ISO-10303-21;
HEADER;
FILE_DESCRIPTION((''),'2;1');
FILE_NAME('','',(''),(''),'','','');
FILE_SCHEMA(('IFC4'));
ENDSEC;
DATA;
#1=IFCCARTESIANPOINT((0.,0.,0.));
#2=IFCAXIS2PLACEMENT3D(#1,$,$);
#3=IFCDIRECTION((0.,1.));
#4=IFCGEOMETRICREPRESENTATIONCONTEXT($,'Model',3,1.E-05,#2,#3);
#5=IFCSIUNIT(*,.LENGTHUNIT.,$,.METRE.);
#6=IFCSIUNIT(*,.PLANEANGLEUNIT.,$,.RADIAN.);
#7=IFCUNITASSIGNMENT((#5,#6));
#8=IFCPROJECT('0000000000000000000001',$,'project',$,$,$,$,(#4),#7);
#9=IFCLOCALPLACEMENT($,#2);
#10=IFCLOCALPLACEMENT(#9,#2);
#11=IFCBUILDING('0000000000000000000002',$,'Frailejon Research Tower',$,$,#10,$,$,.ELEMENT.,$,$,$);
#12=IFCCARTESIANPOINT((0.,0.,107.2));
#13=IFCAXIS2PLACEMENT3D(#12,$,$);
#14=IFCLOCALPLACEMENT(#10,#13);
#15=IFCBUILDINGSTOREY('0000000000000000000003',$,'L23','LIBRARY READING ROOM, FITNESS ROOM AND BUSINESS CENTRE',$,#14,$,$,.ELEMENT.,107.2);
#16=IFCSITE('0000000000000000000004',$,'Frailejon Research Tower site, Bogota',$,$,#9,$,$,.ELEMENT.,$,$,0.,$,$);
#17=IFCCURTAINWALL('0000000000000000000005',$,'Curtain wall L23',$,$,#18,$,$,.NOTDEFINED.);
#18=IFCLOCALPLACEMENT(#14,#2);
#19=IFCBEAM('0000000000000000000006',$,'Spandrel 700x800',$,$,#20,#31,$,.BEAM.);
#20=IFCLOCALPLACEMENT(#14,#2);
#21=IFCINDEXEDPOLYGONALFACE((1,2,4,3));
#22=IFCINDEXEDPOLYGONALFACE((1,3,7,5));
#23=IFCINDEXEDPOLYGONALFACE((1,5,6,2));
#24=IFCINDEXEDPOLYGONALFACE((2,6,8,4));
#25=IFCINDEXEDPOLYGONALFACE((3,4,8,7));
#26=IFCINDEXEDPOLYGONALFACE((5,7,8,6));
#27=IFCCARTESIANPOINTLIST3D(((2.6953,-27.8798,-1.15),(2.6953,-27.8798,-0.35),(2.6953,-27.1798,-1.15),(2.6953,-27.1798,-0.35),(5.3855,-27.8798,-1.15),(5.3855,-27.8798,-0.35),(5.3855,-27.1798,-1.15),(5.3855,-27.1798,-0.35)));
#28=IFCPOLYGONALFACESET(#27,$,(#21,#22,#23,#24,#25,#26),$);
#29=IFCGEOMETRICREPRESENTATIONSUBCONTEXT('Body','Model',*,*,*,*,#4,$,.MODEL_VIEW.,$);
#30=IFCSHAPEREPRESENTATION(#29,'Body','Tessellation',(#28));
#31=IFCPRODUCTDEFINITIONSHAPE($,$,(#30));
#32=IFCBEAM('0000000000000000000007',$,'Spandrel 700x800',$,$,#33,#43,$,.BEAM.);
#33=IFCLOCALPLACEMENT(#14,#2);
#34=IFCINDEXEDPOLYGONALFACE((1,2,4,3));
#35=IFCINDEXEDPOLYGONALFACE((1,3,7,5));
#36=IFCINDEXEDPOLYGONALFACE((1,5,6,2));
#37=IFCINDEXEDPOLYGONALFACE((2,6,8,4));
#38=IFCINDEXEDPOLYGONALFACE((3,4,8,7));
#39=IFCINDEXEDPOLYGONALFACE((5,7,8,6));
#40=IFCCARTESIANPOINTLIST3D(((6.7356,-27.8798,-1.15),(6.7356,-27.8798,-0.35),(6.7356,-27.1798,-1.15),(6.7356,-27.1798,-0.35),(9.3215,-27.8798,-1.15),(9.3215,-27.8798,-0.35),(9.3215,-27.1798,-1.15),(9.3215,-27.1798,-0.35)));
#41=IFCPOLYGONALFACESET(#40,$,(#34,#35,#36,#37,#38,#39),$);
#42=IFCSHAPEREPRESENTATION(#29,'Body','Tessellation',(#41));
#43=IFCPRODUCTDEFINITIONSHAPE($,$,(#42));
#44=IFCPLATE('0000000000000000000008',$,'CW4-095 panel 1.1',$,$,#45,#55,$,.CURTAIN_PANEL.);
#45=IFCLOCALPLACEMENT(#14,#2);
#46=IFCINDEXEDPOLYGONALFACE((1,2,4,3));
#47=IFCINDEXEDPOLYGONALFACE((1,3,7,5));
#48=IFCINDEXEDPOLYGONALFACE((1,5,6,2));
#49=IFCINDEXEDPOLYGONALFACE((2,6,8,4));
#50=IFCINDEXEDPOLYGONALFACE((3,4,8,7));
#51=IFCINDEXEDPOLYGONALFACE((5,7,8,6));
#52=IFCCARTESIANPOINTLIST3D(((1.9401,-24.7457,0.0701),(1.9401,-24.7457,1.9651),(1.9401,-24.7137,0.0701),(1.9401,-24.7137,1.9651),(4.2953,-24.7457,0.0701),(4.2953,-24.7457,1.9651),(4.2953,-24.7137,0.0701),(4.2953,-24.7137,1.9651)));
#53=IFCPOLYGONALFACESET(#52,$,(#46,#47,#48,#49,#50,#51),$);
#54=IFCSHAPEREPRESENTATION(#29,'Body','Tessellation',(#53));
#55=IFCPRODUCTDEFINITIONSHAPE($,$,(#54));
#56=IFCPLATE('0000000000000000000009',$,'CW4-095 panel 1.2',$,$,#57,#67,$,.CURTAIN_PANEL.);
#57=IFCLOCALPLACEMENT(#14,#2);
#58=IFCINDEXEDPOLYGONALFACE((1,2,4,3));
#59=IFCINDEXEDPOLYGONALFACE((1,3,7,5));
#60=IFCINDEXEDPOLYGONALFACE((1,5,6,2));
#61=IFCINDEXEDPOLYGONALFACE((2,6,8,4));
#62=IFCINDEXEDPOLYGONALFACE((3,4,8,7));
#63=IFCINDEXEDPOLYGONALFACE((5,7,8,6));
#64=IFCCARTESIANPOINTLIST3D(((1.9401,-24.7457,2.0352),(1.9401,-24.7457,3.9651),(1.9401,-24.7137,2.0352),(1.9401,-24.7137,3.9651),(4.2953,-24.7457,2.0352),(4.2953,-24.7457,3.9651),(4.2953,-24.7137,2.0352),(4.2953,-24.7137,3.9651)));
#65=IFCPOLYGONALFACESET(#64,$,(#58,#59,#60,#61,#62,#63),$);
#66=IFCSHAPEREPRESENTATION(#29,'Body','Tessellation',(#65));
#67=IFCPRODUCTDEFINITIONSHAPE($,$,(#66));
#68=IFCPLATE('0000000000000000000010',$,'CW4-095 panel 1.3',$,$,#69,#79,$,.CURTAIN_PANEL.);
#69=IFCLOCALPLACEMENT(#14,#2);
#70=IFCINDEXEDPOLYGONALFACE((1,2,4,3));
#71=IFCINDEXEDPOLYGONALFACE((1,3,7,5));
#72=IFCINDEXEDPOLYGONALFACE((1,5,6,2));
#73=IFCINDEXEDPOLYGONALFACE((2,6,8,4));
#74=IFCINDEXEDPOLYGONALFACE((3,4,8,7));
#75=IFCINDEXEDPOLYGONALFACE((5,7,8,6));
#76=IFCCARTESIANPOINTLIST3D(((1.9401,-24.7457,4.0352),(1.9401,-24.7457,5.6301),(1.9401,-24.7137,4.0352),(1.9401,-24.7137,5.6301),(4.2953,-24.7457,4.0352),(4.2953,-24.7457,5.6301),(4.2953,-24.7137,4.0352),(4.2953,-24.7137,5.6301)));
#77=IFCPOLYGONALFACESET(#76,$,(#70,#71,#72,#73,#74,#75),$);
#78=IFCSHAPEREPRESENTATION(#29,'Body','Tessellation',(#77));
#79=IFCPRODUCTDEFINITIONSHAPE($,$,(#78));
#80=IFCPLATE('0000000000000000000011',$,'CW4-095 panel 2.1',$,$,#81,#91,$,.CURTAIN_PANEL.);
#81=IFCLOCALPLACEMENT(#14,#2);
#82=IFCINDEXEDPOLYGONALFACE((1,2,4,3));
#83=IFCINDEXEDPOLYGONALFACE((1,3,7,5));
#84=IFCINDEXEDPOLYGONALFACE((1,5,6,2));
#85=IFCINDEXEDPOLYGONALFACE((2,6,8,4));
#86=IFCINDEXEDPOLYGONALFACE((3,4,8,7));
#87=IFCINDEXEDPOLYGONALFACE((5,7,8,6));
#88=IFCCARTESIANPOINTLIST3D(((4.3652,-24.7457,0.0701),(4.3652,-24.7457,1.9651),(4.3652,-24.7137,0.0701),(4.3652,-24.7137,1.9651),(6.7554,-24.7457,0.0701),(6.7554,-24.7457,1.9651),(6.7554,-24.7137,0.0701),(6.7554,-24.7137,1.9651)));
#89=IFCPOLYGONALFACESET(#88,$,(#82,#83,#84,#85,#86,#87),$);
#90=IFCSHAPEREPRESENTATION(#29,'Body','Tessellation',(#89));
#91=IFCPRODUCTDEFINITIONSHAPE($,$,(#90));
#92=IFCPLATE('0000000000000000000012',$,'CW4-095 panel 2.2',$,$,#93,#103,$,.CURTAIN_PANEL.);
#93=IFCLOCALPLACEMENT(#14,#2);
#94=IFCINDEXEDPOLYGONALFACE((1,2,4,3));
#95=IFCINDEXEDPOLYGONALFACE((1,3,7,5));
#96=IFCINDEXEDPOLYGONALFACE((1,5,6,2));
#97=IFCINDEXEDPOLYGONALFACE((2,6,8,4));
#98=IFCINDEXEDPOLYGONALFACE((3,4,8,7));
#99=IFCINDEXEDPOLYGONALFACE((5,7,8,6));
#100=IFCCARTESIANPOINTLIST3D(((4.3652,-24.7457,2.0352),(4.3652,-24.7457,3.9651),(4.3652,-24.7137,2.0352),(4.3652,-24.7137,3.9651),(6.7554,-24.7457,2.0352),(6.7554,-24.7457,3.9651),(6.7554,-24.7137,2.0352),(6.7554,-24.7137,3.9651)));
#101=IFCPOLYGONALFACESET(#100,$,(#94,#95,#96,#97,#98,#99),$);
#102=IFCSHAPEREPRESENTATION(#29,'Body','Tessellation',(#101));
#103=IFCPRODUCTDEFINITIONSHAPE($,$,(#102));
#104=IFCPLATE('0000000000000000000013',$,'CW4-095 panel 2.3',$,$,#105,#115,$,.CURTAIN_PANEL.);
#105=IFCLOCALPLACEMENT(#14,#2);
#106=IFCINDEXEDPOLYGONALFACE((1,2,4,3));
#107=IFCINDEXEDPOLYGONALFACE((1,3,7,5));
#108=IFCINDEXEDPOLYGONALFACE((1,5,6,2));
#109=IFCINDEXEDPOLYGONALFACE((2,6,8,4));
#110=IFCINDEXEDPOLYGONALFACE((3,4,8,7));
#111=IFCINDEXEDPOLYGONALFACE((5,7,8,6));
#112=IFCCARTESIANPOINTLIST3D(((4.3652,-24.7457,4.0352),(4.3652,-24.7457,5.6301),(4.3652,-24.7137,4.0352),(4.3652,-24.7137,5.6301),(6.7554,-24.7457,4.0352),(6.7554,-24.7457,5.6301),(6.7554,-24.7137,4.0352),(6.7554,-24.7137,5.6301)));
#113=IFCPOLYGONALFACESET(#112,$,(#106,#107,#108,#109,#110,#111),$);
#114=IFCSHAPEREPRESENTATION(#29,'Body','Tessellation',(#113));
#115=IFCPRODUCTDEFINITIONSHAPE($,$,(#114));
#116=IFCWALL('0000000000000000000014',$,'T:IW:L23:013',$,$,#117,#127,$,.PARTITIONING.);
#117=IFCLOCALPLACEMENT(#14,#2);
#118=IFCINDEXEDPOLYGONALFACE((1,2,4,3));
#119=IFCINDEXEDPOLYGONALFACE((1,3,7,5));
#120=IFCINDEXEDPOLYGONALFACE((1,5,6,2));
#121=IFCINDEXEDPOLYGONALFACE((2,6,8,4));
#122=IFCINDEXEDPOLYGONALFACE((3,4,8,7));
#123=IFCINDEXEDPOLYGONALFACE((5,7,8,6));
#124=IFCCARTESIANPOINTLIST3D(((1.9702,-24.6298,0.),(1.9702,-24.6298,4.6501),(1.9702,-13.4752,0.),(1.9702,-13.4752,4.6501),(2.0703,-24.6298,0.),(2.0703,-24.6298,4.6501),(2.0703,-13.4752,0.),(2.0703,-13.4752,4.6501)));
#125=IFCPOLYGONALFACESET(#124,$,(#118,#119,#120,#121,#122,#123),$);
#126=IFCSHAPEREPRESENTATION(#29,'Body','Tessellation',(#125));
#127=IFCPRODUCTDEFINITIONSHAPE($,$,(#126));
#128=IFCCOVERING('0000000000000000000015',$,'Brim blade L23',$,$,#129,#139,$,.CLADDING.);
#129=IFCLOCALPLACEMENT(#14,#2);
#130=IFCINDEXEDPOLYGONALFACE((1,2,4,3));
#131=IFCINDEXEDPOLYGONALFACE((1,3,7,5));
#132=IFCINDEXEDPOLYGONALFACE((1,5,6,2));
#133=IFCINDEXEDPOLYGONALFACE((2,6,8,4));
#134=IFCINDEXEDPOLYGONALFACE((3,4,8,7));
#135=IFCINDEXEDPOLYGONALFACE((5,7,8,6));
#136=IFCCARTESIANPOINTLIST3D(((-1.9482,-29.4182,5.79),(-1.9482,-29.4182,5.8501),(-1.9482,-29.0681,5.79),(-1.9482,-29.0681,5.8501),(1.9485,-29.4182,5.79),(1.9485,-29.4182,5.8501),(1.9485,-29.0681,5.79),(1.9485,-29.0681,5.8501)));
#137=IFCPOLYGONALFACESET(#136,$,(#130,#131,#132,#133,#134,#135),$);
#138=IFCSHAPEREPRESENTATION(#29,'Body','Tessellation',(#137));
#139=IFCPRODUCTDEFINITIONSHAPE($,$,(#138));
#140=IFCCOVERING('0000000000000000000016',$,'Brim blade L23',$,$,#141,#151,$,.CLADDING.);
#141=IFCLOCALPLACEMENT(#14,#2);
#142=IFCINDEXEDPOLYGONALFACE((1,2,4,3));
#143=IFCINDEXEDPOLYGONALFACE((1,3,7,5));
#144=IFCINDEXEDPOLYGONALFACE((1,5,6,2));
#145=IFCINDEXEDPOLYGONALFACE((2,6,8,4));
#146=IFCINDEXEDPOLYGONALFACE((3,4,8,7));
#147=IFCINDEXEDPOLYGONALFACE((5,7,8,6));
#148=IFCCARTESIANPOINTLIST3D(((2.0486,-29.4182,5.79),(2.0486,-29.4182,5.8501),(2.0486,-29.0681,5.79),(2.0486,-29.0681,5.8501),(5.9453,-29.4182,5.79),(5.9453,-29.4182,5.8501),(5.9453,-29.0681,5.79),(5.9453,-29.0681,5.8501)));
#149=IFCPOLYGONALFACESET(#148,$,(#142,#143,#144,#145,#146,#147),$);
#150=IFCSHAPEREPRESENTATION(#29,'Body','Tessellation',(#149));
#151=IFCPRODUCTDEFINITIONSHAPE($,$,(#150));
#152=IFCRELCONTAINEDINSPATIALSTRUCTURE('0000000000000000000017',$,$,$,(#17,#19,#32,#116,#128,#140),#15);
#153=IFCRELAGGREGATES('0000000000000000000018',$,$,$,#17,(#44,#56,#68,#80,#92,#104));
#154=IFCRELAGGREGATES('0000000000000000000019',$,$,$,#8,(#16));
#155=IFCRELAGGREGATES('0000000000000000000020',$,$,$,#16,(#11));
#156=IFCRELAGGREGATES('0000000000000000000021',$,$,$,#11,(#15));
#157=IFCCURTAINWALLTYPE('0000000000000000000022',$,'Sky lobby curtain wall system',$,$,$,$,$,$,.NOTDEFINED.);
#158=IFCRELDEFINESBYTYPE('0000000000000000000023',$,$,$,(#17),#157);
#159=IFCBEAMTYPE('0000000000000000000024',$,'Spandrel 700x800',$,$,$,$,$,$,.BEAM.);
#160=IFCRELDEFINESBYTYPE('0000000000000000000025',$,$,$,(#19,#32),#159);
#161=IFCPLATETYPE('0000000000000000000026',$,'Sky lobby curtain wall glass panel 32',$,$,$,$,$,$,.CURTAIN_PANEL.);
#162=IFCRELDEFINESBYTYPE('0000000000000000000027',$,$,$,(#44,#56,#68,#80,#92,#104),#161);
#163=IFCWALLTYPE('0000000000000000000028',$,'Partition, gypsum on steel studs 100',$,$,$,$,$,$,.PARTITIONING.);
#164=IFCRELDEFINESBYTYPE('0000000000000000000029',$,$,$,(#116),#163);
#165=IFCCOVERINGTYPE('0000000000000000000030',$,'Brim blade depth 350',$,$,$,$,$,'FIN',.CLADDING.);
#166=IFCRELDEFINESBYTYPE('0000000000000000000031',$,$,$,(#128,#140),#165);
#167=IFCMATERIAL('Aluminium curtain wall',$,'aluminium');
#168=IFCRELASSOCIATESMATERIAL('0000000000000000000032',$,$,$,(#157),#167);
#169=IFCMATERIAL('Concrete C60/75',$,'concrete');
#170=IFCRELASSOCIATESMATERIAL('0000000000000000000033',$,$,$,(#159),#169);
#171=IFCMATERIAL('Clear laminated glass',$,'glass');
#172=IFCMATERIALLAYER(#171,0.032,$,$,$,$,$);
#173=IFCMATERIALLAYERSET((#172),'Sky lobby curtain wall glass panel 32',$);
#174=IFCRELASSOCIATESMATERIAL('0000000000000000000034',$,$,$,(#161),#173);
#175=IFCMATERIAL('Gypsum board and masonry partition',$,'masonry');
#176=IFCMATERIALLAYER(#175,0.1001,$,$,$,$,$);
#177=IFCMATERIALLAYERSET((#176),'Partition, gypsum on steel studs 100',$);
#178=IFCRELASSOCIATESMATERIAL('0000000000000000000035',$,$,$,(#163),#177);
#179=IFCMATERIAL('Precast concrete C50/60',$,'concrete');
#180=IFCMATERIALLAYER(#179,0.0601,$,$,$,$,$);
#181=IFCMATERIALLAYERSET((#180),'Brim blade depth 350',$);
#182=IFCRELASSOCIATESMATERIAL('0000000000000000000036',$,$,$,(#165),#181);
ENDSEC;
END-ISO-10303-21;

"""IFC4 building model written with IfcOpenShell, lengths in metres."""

from ifc_helpers import new_model, si_unit, direction, frame, frame_2d, origin, origin_2d, place, context, subcontext, project, spatial, polyline, rectangle, outline, extrude, material, layer, layer_set, material_profile, profile_set, type_object, element, aggregate, save


model = new_model("IFC4")

# Units and contexts
model_context = context("Model", 3, precision=1e-05, world=origin(), true_north=direction((0.0, 1.0)))
body_context = subcontext(model_context, "Body", "Model", "MODEL_VIEW")
ifc_project = project(units=[si_unit("LENGTHUNIT", "METRE"), si_unit("PLANEANGLEUNIT", "RADIAN")], contexts=[model_context])

# Site, building, storey
site_placement = place(None, origin())
site = spatial("IfcSite", under=ifc_project, at=site_placement, Name="Frailejon Research Tower site, Bogota", CompositionType="ELEMENT", RefElevation=0.0)
building_placement = place(site_placement, origin())
building = spatial("IfcBuilding", under=site, at=building_placement, Name="Frailejon Research Tower", CompositionType="ELEMENT")
storey_placement = place(building_placement, frame((0.0, 0.0, 107.2)))
storey = spatial("IfcBuildingStorey", under=building, at=storey_placement, Name="L23", Description="LIBRARY READING ROOM, FITNESS ROOM AND BUSINESS CENTRE", CompositionType="ELEMENT", Elevation=107.2)

# Curtain wall
ifc_material_1 = material(Name="Aluminium curtain wall", Category="aluminium")
curtain_wall_type = type_object("IfcCurtainWallType", Name="Sky lobby curtain wall system", PredefinedType="NOTDEFINED", material=ifc_material_1)
curtain_wall_placement = place(storey_placement, origin())
curtain_wall = element("IfcCurtainWall", 1, at=curtain_wall_placement, inside=storey, type_object=curtain_wall_type, Name="Curtain wall L23", PredefinedType="NOTDEFINED")

# Beams
ifc_material_2 = material(Name="Concrete C60/75", Category="concrete")
ifc_material_profile_1 = material_profile(ifc_material_2, rectangle(XDim=0.7, YDim=0.8, at=origin_2d()), Name="Spandrel 700x800")
ifc_profile_set_1 = profile_set([ifc_material_profile_1], Name="Concrete C60/75")
beam_type_1 = type_object("IfcBeamType", Name="Spandrel 700x800", PredefinedType="BEAM", material=ifc_profile_set_1)
beam_1_placement = place(storey_placement, frame((2.6953, -27.5298, -0.75), z_axis=(1.0, 0.0, 0.0), x_axis=(0.0, 1.0, 0.0)))
element("IfcBeam", 2, at=beam_1_placement, inside=storey, type_object=beam_type_1, Name="Spandrel 700x800", PredefinedType="BEAM", context=body_context, shape_type="SweptSolid", body=[
    extrude(rectangle(XDim=0.7, YDim=0.8, at=origin_2d()), origin(), (0.0, 0.0, 1.0), 2.6902),
])
beam_2_placement = place(storey_placement, frame((6.7356, -27.5298, -0.75), z_axis=(1.0, 0.0, 0.0), x_axis=(0.0, 1.0, 0.0)))
element("IfcBeam", 3, at=beam_2_placement, inside=storey, type_object=beam_type_1, Name="Spandrel 700x800", PredefinedType="BEAM", context=body_context, shape_type="SweptSolid", body=[
    extrude(rectangle(XDim=0.7, YDim=0.8, at=origin_2d()), origin(), (0.0, 0.0, 1.0), 2.5859),
])

# Plates
ifc_material_3 = material(Name="Clear laminated glass", Category="glass")
ifc_layer_1 = layer(ifc_material_3, 0.032)
ifc_layer_set_1 = layer_set([ifc_layer_1], Name="Sky lobby curtain wall glass panel 32")
plate_type = type_object("IfcPlateType", Name="Sky lobby curtain wall glass panel 32", PredefinedType="CURTAIN_PANEL", material=ifc_layer_set_1)
plate_1_placement = place(storey_placement, frame((3.1177, -24.7297, 0.0701), z_axis=(0.0, 0.0, 1.0), x_axis=(1.0, 0.0, 0.0)))
plate_1 = element("IfcPlate", 4, at=plate_1_placement, type_object=plate_type, Name="CW4-095 panel 1.1", PredefinedType="CURTAIN_PANEL", context=body_context, shape_type="SweptSolid", body=[
    extrude(rectangle(XDim=2.3552, YDim=0.032, at=origin_2d()), origin(), (0.0, 0.0, 1.0), 1.895),
])
plate_2_placement = place(storey_placement, frame((3.1177, -24.7297, 2.0352), z_axis=(0.0, 0.0, 1.0), x_axis=(1.0, 0.0, 0.0)))
plate_2 = element("IfcPlate", 5, at=plate_2_placement, type_object=plate_type, Name="CW4-095 panel 1.2", PredefinedType="CURTAIN_PANEL", context=body_context, shape_type="SweptSolid", body=[
    extrude(rectangle(XDim=2.3552, YDim=0.032, at=origin_2d()), origin(), (0.0, 0.0, 1.0), 1.9299),
])
plate_3_placement = place(storey_placement, frame((3.1177, -24.7297, 4.0352), z_axis=(0.0, 0.0, 1.0), x_axis=(1.0, 0.0, 0.0)))
plate_3 = element("IfcPlate", 6, at=plate_3_placement, type_object=plate_type, Name="CW4-095 panel 1.3", PredefinedType="CURTAIN_PANEL", context=body_context, shape_type="SweptSolid", body=[
    extrude(rectangle(XDim=2.3552, YDim=0.032, at=origin_2d()), origin(), (0.0, 0.0, 1.0), 1.595),
])
plate_4_placement = place(storey_placement, frame((5.5603, -24.7297, 0.0701), z_axis=(0.0, 0.0, 1.0), x_axis=(1.0, 0.0, 0.0)))
plate_4 = element("IfcPlate", 7, at=plate_4_placement, type_object=plate_type, Name="CW4-095 panel 2.1", PredefinedType="CURTAIN_PANEL", context=body_context, shape_type="SweptSolid", body=[
    extrude(rectangle(XDim=2.3901, YDim=0.032, at=origin_2d()), origin(), (0.0, 0.0, 1.0), 1.895),
])
plate_5_placement = place(storey_placement, frame((5.5603, -24.7297, 2.0352), z_axis=(0.0, 0.0, 1.0), x_axis=(1.0, 0.0, 0.0)))
plate_5 = element("IfcPlate", 8, at=plate_5_placement, type_object=plate_type, Name="CW4-095 panel 2.2", PredefinedType="CURTAIN_PANEL", context=body_context, shape_type="SweptSolid", body=[
    extrude(rectangle(XDim=2.3901, YDim=0.032, at=origin_2d()), origin(), (0.0, 0.0, 1.0), 1.9299),
])
plate_6_placement = place(storey_placement, frame((5.5603, -24.7297, 4.0352), z_axis=(0.0, 0.0, 1.0), x_axis=(1.0, 0.0, 0.0)))
plate_6 = element("IfcPlate", 9, at=plate_6_placement, type_object=plate_type, Name="CW4-095 panel 2.3", PredefinedType="CURTAIN_PANEL", context=body_context, shape_type="SweptSolid", body=[
    extrude(rectangle(XDim=2.3901, YDim=0.032, at=origin_2d()), origin(), (0.0, 0.0, 1.0), 1.595),
])
aggregate(curtain_wall, [plate_1, plate_2, plate_3, plate_4, plate_5, plate_6])

# Wall
ifc_material_4 = material(Name="Gypsum board and masonry partition", Category="masonry")
ifc_layer_2 = layer(ifc_material_4, 0.1001)
ifc_layer_set_2 = layer_set([ifc_layer_2], Name="Partition, gypsum on steel studs 100")
wall_type = type_object("IfcWallType", Name="Partition, gypsum on steel studs 100", PredefinedType="PARTITIONING", material=ifc_layer_set_2)
wall_placement = place(storey_placement, frame((2.0203, -24.6296, 0.0), z_axis=(0.0, 0.0, 1.0), x_axis=(0.0, 1.0, 0.0)))
element("IfcWall", 10, at=wall_placement, inside=storey, type_object=wall_type, Name="T:IW:L23:013", PredefinedType="PARTITIONING", context=body_context, shape_type="SweptSolid", body=[
    extrude(rectangle(XDim=11.1545, YDim=0.1001, at=frame_2d((5.5771, 0.0))), origin(), (0.0, 0.0, 1.0), 4.6501),
])

# Coverings
ifc_material_5 = material(Name="Precast concrete C50/60", Category="concrete")
ifc_layer_3 = layer(ifc_material_5, 0.0601)
ifc_layer_set_3 = layer_set([ifc_layer_3], Name="Brim blade depth 350")
covering_type = type_object("IfcCoveringType", Name="Brim blade depth 350", ElementType="FIN", PredefinedType="CLADDING", material=ifc_layer_set_3)
for number, where, z_axis, x_axis, name in (
    (11, (1.9485, -29.0681, 5.8501), (-1.0, 0.0, 0.0), (0.0, -1.0, 0.0), "Brim blade L23"),
    (12, (5.9453, -29.0681, 5.8501), (-1.0, 0.0, 0.0), (0.0, -1.0, 0.0), "Brim blade L23"),
):
    element("IfcCovering", number, at=place(storey_placement, frame(where, z_axis=z_axis, x_axis=x_axis)), inside=storey, type_object=covering_type, Name=name, PredefinedType="CLADDING", context=body_context, shape_type="SweptSolid", body=[
        extrude(outline(polyline([(0.0, -0.0601), (0.3501, -0.0601), (0.3501, 0.0), (0.0, 0.0), (0.0, -0.0601)])), origin(), (0.0, 0.0, 1.0), 3.8967),
    ])

save(model, "model.ifc")
